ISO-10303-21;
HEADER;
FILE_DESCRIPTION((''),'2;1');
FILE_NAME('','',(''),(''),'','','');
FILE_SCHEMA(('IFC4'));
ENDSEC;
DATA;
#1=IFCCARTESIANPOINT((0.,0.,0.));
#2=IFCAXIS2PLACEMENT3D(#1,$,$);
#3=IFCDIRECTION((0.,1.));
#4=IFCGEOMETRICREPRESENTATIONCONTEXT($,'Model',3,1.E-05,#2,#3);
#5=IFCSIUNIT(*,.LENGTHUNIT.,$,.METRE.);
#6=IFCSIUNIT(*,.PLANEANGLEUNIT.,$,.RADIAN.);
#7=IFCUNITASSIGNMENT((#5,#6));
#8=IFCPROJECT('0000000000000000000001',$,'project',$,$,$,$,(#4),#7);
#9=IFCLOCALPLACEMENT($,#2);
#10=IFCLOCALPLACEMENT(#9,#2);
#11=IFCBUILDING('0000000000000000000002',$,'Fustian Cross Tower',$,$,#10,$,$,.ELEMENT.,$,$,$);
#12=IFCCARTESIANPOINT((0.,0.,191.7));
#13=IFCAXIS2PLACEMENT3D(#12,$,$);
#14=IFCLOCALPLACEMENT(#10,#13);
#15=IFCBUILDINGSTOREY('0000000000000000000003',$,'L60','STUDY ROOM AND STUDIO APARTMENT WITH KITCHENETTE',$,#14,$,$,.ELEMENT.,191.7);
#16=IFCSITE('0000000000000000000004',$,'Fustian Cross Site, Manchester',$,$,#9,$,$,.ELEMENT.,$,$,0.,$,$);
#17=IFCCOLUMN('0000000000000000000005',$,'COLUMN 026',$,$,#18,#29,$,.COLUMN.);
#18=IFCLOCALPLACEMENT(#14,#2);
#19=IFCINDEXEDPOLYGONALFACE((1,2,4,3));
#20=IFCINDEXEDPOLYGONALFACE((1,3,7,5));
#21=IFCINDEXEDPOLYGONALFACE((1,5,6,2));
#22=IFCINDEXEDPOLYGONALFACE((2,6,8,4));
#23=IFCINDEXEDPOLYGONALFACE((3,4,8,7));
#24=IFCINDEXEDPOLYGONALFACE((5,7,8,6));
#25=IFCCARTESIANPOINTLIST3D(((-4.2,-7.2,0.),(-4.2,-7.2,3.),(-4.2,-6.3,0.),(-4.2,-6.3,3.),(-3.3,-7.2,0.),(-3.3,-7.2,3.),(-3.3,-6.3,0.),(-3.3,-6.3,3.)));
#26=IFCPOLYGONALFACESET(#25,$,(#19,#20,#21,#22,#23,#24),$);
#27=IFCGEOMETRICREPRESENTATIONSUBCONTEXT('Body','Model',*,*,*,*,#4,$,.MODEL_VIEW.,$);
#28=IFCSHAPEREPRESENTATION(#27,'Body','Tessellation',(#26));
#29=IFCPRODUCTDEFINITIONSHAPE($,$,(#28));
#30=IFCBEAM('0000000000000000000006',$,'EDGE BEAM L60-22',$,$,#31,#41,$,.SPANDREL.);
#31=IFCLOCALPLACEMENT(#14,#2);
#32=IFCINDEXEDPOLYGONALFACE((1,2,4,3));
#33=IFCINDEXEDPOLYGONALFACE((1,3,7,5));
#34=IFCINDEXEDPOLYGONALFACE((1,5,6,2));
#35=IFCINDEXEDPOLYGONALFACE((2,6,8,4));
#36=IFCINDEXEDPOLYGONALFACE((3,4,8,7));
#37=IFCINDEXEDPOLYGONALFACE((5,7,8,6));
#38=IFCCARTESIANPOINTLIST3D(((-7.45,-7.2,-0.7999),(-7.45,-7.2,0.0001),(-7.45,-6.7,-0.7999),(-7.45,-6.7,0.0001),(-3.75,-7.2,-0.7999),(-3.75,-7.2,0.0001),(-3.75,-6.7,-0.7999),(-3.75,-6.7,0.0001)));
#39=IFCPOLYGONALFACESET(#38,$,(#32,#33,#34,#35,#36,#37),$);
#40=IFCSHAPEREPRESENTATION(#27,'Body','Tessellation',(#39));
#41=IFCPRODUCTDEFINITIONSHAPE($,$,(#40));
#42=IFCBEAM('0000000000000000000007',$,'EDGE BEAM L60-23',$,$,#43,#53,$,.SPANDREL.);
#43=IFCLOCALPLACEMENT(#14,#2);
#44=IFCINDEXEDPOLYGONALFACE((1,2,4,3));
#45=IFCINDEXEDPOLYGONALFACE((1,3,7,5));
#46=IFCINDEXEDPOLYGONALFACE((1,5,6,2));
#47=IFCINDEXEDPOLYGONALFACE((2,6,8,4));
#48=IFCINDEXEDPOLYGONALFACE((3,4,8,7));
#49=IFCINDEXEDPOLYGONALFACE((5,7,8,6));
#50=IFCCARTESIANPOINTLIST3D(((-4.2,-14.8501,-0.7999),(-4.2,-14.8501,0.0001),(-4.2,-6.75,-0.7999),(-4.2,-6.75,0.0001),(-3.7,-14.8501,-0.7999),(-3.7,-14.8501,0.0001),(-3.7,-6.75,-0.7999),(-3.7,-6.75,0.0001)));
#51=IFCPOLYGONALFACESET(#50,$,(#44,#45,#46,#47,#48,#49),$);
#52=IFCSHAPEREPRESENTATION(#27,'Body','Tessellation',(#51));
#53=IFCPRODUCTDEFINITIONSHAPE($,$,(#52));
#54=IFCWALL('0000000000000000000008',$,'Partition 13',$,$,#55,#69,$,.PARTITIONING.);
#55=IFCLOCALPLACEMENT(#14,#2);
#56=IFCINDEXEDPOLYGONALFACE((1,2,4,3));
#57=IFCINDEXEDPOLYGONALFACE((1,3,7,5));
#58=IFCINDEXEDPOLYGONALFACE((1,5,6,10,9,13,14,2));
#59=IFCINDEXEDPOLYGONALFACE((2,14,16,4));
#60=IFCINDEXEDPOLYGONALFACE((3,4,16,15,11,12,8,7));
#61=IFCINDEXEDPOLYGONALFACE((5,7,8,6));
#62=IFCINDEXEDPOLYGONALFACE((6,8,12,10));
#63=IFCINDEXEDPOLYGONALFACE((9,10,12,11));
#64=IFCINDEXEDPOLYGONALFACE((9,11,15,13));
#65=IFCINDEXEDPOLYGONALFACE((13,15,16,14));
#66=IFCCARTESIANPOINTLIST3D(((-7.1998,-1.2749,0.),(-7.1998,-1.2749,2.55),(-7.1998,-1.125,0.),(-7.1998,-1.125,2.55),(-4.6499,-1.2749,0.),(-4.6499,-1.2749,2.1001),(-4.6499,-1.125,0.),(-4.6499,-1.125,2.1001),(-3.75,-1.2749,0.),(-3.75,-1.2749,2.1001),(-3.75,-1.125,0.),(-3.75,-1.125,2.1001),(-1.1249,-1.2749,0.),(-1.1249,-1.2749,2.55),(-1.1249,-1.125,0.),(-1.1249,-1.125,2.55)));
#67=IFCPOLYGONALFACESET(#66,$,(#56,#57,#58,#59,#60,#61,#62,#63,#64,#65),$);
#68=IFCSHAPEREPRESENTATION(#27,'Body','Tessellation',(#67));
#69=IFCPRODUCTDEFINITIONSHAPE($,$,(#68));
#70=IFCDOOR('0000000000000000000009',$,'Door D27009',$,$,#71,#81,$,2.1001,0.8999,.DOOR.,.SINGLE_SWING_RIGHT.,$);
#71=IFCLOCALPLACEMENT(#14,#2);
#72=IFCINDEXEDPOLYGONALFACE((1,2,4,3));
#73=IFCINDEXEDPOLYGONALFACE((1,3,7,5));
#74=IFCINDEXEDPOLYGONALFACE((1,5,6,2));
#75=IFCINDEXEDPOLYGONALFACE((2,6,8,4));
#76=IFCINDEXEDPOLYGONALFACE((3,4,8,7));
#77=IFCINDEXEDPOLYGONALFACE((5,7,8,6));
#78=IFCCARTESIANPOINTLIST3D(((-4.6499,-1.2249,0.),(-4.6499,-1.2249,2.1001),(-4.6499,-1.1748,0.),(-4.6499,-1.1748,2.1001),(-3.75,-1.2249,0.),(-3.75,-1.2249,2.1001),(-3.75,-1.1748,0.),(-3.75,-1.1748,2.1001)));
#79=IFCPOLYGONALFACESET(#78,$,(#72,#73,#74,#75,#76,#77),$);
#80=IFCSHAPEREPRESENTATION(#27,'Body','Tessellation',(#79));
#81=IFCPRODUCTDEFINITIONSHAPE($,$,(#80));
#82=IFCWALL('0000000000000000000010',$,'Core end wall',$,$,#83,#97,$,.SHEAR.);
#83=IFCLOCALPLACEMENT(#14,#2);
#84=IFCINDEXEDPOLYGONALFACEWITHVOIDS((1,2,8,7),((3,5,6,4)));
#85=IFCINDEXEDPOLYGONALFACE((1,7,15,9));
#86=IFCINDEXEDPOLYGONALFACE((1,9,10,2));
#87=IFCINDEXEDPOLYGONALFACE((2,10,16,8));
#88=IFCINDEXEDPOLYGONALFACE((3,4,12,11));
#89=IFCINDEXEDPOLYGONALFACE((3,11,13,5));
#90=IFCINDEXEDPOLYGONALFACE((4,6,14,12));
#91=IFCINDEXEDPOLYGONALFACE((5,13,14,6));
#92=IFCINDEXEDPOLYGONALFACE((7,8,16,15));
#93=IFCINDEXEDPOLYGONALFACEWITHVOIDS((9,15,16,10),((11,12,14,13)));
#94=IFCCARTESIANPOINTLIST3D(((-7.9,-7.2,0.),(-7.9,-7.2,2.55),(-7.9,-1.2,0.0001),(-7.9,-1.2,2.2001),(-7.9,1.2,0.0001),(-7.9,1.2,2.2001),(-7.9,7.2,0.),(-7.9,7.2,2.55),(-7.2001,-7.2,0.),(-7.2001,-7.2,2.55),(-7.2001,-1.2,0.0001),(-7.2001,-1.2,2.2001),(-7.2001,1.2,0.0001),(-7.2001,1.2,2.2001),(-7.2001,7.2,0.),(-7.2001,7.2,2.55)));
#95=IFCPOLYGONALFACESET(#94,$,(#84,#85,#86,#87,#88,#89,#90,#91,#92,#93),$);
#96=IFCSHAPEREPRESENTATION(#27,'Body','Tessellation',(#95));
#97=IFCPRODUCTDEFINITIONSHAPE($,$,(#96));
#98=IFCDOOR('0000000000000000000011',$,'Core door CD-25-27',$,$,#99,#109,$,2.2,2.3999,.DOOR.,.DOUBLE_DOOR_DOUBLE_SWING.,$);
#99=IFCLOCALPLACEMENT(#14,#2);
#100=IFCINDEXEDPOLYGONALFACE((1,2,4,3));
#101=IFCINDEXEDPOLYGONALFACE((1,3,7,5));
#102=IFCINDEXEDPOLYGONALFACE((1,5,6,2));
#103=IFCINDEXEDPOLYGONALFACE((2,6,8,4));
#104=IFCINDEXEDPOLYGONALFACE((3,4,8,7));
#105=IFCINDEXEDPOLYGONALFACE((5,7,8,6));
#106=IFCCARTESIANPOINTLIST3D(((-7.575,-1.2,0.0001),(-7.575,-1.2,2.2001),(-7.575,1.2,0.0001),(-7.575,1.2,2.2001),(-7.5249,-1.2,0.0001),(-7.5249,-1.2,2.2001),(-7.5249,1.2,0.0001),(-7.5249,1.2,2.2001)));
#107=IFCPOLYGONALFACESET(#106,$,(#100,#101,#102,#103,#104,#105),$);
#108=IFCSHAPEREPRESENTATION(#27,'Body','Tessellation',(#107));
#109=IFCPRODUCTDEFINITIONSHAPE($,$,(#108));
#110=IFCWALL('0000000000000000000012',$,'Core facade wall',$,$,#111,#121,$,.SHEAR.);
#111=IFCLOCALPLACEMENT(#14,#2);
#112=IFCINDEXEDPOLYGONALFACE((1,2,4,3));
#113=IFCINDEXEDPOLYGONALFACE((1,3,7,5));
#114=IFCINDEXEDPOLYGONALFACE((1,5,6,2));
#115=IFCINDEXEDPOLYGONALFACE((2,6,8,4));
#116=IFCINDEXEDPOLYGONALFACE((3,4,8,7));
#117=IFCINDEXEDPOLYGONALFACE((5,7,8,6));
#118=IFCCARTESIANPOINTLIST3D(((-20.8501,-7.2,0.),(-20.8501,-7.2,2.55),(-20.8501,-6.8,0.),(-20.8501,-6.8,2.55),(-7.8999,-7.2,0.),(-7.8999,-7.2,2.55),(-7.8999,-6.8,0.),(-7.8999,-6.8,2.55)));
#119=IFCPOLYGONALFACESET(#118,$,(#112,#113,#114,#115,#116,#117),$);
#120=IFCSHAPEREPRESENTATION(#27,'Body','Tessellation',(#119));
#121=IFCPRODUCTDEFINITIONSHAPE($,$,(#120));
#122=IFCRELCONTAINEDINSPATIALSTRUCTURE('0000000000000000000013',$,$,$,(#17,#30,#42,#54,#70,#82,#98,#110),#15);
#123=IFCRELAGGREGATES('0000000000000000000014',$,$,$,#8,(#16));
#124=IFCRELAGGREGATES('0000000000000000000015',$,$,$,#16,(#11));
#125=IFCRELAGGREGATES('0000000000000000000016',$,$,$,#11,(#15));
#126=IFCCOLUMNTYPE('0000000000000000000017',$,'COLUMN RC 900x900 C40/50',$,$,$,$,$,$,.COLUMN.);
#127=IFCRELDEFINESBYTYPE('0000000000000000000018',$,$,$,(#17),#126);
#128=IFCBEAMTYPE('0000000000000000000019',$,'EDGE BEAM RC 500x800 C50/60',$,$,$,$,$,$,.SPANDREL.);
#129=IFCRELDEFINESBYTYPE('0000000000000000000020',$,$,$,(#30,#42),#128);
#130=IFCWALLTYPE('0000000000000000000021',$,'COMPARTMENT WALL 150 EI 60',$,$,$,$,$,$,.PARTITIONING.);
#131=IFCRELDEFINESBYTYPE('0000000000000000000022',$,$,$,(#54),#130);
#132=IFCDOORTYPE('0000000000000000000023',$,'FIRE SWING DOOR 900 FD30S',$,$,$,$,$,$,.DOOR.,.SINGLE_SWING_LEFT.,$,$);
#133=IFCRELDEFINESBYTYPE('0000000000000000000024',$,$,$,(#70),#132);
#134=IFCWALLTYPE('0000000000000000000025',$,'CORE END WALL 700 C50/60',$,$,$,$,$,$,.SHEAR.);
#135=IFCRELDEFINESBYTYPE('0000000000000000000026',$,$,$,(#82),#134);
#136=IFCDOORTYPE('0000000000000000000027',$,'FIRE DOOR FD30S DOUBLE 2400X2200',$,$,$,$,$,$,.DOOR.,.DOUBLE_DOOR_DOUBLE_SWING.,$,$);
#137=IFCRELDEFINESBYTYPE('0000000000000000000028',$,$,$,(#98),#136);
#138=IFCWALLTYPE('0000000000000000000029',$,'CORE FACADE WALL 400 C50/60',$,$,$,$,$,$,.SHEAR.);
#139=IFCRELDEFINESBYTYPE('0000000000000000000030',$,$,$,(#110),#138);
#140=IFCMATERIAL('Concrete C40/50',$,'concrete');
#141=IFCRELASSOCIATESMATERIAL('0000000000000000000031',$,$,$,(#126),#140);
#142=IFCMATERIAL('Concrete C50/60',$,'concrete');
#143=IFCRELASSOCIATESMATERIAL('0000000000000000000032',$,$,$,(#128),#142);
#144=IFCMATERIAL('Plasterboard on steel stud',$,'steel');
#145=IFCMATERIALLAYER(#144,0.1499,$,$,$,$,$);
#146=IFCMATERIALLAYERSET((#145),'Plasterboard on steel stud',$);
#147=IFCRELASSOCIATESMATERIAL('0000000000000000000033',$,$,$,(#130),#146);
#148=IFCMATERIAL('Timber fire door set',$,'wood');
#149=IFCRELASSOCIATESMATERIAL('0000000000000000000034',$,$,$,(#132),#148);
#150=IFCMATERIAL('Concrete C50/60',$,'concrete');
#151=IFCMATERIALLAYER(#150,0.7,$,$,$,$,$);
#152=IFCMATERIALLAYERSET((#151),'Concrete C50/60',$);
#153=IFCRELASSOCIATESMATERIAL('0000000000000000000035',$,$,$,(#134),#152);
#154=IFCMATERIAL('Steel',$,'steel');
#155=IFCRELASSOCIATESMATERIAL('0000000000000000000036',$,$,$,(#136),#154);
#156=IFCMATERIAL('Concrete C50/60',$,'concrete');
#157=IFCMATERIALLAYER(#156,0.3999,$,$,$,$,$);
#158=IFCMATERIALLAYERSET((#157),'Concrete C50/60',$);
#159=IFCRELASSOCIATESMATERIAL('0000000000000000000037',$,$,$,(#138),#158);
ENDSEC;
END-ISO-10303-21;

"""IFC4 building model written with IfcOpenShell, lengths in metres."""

from ifc_helpers import new_model, si_unit, direction, frame, frame_2d, origin, origin_2d, place, context, subcontext, project, spatial, rectangle, extrude, material, layer, layer_set, material_profile, profile_set, type_object, element, fill, save


model = new_model("IFC4")

# Units and contexts
model_context = context("Model", 3, precision=1e-05, world=origin(), true_north=direction((0.0, 1.0)))
body_context = subcontext(model_context, "Body", "Model", "MODEL_VIEW")
ifc_project = project(units=[si_unit("LENGTHUNIT", "METRE"), si_unit("PLANEANGLEUNIT", "RADIAN")], contexts=[model_context])

# Site, building, storey
site_placement = place(None, origin())
site = spatial("IfcSite", under=ifc_project, at=site_placement, Name="Fustian Cross Site, Manchester", CompositionType="ELEMENT", RefElevation=0.0)
building_placement = place(site_placement, origin())
building = spatial("IfcBuilding", under=site, at=building_placement, Name="Fustian Cross Tower", CompositionType="ELEMENT")
storey_placement = place(building_placement, frame((0.0, 0.0, 191.7)))
storey = spatial("IfcBuildingStorey", under=building, at=storey_placement, Name="L60", Description="STUDY ROOM AND STUDIO APARTMENT WITH KITCHENETTE", CompositionType="ELEMENT", Elevation=191.7)

# Column
ifc_material_1 = material(Name="Concrete C40/50", Category="concrete")
ifc_material_profile_1 = material_profile(ifc_material_1, rectangle(XDim=0.8999, YDim=0.8999, at=origin_2d()), Name="RC 900x900")
ifc_profile_set_1 = profile_set([ifc_material_profile_1], Name="Concrete C40/50")
column_type = type_object("IfcColumnType", Name="COLUMN RC 900x900 C40/50", PredefinedType="COLUMN", material=ifc_profile_set_1)
column_placement = place(storey_placement, frame((-3.75, -6.75, 0.0), z_axis=(0.0, 0.0, 1.0), x_axis=(1.0, 0.0, 0.0)))
element("IfcColumn", 1, at=column_placement, inside=storey, type_object=column_type, Name="COLUMN 026", PredefinedType="COLUMN", context=body_context, shape_type="SweptSolid", body=[
    extrude(rectangle(XDim=0.8999, YDim=0.8999, at=origin_2d()), origin(), (0.0, 0.0, 1.0), 3.0),
])

# Beams
ifc_material_2 = material(Name="Concrete C50/60", Category="concrete")
ifc_material_profile_2 = material_profile(ifc_material_2, rectangle(XDim=0.5, YDim=0.8, at=origin_2d()), Name="RC 500x800")
ifc_profile_set_2 = profile_set([ifc_material_profile_2], Name="Concrete C50/60")
beam_type = type_object("IfcBeamType", Name="EDGE BEAM RC 500x800 C50/60", PredefinedType="SPANDREL", material=ifc_profile_set_2)
beam_1_placement = place(storey_placement, frame((-7.45, -6.95, -0.3999), z_axis=(1.0, 0.0, 0.0), x_axis=(0.0, 1.0, 0.0)))
element("IfcBeam", 2, at=beam_1_placement, inside=storey, type_object=beam_type, Name="EDGE BEAM L60-22", PredefinedType="SPANDREL", context=body_context, shape_type="SweptSolid", body=[
    extrude(rectangle(XDim=0.5, YDim=0.8, at=origin_2d()), origin(), (0.0, 0.0, 1.0), 3.7),
])
beam_2_placement = place(storey_placement, frame((-3.95, -6.75, -0.3999), z_axis=(0.0, -1.0, 0.0), x_axis=(1.0, 0.0, 0.0)))
element("IfcBeam", 3, at=beam_2_placement, inside=storey, type_object=beam_type, Name="EDGE BEAM L60-23", PredefinedType="SPANDREL", context=body_context, shape_type="SweptSolid", body=[
    extrude(rectangle(XDim=0.5, YDim=0.8, at=origin_2d()), origin(), (0.0, 0.0, 1.0), 8.1001),
])

# Walls, openings, doors
ifc_material_3 = material(Name="Plasterboard on steel stud", Category="steel")
ifc_layer_1 = layer(ifc_material_3, 0.1499)
ifc_layer_set_1 = layer_set([ifc_layer_1], Name="Plasterboard on steel stud")
wall_type_1 = type_object("IfcWallType", Name="COMPARTMENT WALL 150 EI 60", PredefinedType="PARTITIONING", material=ifc_layer_set_1)
wall_1_placement = place(storey_placement, frame((-7.2, -1.2, 0.0), z_axis=(0.0, 0.0, 1.0), x_axis=(1.0, 0.0, 0.0)))
wall_1 = element("IfcWall", 4, at=wall_1_placement, inside=storey, type_object=wall_type_1, Name="Partition 13", PredefinedType="PARTITIONING", context=body_context, shape_type="SweptSolid", body=[
    extrude(rectangle(XDim=6.075, YDim=0.1499, at=frame_2d((3.0376, 0.0))), origin(), (0.0, 0.0, 1.0), 2.55),
])
opening_1_placement = place(wall_1_placement, frame((2.55, 0.0, 0.0)))
opening_1 = element("IfcOpeningElement", 5, at=opening_1_placement, cuts=wall_1, PredefinedType="OPENING", context=body_context, shape_type="SweptSolid", body=[
    extrude(rectangle(XDim=0.8999, YDim=2.1001, at=frame_2d((0.45, 1.05))), frame((0.0, 0.085, 0.0), z_axis=(0.0, -1.0, 0.0), x_axis=(1.0, 0.0, 0.0)), (0.0, 0.0, 1.0), 0.1699),
])
ifc_material_4 = material(Name="Timber fire door set", Category="wood")
door_type_1 = type_object("IfcDoorType", Name="FIRE SWING DOOR 900 FD30S", OperationType="SINGLE_SWING_LEFT", PredefinedType="DOOR", material=ifc_material_4)
door_1_placement = place(opening_1_placement, frame((0.8999, 0.0, 0.0), z_axis=(0.0, 0.0, 1.0), x_axis=(-1.0, 0.0, 0.0)))
door_1 = element("IfcDoor", 6, at=door_1_placement, inside=storey, type_object=door_type_1, Name="Door D27009", OperationType="SINGLE_SWING_RIGHT", OverallHeight=2.1001, OverallWidth=0.8999, PredefinedType="DOOR", context=body_context, shape_type="SweptSolid", body=[
    extrude(rectangle(XDim=0.8999, YDim=2.1001, at=frame_2d((0.45, 1.05))), frame((0.0, 0.0249, 0.0), z_axis=(0.0, -1.0, 0.0), x_axis=(1.0, 0.0, 0.0)), (0.0, 0.0, 1.0), 0.05),
])
fill(opening_1, door_1)
ifc_material_5 = material(Name="Concrete C50/60", Category="concrete")
ifc_layer_2 = layer(ifc_material_5, 0.7)
ifc_layer_set_2 = layer_set([ifc_layer_2], Name="Concrete C50/60")
wall_type_2 = type_object("IfcWallType", Name="CORE END WALL 700 C50/60", PredefinedType="SHEAR", material=ifc_layer_set_2)
wall_2_placement = place(storey_placement, frame((-7.55, -7.2, 0.0), z_axis=(0.0, 0.0, 1.0), x_axis=(0.0, 1.0, 0.0)))
wall_2 = element("IfcWall", 7, at=wall_2_placement, inside=storey, type_object=wall_type_2, Name="Core end wall", PredefinedType="SHEAR", context=body_context, shape_type="SweptSolid", body=[
    extrude(rectangle(XDim=14.3999, YDim=0.7, at=frame_2d((7.2, 0.0))), origin(), (0.0, 0.0, 1.0), 2.55),
])
opening_2_placement = place(wall_2_placement, frame((6.0, 0.0, 0.0)))
opening_2 = element("IfcOpeningElement", 8, at=opening_2_placement, cuts=wall_2, PredefinedType="OPENING", context=body_context, shape_type="SweptSolid", body=[
    extrude(rectangle(XDim=2.3999, YDim=2.2, at=frame_2d((1.2, 1.1001))), frame((0.0, 0.3599, 0.0), z_axis=(0.0, -1.0, 0.0), x_axis=(1.0, 0.0, 0.0)), (0.0, 0.0, 1.0), 0.72),
])
ifc_material_6 = material(Name="Steel", Category="steel")
door_type_2 = type_object("IfcDoorType", Name="FIRE DOOR FD30S DOUBLE 2400X2200", OperationType="DOUBLE_DOOR_DOUBLE_SWING", PredefinedType="DOOR", material=ifc_material_6)
door_2_placement = place(opening_2_placement, origin())
door_2 = element("IfcDoor", 9, at=door_2_placement, inside=storey, type_object=door_type_2, Name="Core door CD-25-27", OperationType="DOUBLE_DOOR_DOUBLE_SWING", OverallHeight=2.2, OverallWidth=2.3999, PredefinedType="DOOR", context=body_context, shape_type="SweptSolid", body=[
    extrude(rectangle(XDim=2.3999, YDim=2.2, at=frame_2d((1.2, 1.1001))), frame((0.0, 0.0249, 0.0), z_axis=(0.0, -1.0, 0.0), x_axis=(1.0, 0.0, 0.0)), (0.0, 0.0, 1.0), 0.05),
])
fill(opening_2, door_2)

# Wall
ifc_material_7 = material(Name="Concrete C50/60", Category="concrete")
ifc_layer_3 = layer(ifc_material_7, 0.3999)
ifc_layer_set_3 = layer_set([ifc_layer_3], Name="Concrete C50/60")
wall_type_3 = type_object("IfcWallType", Name="CORE FACADE WALL 400 C50/60", PredefinedType="SHEAR", material=ifc_layer_set_3)
wall_3_placement = place(storey_placement, frame((-7.8999, -7.0, 0.0), z_axis=(0.0, 0.0, 1.0), x_axis=(-1.0, 0.0, 0.0)))
element("IfcWall", 10, at=wall_3_placement, inside=storey, type_object=wall_type_3, Name="Core facade wall", PredefinedType="SHEAR", context=body_context, shape_type="SweptSolid", body=[
    extrude(rectangle(XDim=12.9502, YDim=0.3999, at=frame_2d((6.4751, 0.0))), origin(), (0.0, 0.0, 1.0), 2.55),
])

save(model, "model.ifc")
